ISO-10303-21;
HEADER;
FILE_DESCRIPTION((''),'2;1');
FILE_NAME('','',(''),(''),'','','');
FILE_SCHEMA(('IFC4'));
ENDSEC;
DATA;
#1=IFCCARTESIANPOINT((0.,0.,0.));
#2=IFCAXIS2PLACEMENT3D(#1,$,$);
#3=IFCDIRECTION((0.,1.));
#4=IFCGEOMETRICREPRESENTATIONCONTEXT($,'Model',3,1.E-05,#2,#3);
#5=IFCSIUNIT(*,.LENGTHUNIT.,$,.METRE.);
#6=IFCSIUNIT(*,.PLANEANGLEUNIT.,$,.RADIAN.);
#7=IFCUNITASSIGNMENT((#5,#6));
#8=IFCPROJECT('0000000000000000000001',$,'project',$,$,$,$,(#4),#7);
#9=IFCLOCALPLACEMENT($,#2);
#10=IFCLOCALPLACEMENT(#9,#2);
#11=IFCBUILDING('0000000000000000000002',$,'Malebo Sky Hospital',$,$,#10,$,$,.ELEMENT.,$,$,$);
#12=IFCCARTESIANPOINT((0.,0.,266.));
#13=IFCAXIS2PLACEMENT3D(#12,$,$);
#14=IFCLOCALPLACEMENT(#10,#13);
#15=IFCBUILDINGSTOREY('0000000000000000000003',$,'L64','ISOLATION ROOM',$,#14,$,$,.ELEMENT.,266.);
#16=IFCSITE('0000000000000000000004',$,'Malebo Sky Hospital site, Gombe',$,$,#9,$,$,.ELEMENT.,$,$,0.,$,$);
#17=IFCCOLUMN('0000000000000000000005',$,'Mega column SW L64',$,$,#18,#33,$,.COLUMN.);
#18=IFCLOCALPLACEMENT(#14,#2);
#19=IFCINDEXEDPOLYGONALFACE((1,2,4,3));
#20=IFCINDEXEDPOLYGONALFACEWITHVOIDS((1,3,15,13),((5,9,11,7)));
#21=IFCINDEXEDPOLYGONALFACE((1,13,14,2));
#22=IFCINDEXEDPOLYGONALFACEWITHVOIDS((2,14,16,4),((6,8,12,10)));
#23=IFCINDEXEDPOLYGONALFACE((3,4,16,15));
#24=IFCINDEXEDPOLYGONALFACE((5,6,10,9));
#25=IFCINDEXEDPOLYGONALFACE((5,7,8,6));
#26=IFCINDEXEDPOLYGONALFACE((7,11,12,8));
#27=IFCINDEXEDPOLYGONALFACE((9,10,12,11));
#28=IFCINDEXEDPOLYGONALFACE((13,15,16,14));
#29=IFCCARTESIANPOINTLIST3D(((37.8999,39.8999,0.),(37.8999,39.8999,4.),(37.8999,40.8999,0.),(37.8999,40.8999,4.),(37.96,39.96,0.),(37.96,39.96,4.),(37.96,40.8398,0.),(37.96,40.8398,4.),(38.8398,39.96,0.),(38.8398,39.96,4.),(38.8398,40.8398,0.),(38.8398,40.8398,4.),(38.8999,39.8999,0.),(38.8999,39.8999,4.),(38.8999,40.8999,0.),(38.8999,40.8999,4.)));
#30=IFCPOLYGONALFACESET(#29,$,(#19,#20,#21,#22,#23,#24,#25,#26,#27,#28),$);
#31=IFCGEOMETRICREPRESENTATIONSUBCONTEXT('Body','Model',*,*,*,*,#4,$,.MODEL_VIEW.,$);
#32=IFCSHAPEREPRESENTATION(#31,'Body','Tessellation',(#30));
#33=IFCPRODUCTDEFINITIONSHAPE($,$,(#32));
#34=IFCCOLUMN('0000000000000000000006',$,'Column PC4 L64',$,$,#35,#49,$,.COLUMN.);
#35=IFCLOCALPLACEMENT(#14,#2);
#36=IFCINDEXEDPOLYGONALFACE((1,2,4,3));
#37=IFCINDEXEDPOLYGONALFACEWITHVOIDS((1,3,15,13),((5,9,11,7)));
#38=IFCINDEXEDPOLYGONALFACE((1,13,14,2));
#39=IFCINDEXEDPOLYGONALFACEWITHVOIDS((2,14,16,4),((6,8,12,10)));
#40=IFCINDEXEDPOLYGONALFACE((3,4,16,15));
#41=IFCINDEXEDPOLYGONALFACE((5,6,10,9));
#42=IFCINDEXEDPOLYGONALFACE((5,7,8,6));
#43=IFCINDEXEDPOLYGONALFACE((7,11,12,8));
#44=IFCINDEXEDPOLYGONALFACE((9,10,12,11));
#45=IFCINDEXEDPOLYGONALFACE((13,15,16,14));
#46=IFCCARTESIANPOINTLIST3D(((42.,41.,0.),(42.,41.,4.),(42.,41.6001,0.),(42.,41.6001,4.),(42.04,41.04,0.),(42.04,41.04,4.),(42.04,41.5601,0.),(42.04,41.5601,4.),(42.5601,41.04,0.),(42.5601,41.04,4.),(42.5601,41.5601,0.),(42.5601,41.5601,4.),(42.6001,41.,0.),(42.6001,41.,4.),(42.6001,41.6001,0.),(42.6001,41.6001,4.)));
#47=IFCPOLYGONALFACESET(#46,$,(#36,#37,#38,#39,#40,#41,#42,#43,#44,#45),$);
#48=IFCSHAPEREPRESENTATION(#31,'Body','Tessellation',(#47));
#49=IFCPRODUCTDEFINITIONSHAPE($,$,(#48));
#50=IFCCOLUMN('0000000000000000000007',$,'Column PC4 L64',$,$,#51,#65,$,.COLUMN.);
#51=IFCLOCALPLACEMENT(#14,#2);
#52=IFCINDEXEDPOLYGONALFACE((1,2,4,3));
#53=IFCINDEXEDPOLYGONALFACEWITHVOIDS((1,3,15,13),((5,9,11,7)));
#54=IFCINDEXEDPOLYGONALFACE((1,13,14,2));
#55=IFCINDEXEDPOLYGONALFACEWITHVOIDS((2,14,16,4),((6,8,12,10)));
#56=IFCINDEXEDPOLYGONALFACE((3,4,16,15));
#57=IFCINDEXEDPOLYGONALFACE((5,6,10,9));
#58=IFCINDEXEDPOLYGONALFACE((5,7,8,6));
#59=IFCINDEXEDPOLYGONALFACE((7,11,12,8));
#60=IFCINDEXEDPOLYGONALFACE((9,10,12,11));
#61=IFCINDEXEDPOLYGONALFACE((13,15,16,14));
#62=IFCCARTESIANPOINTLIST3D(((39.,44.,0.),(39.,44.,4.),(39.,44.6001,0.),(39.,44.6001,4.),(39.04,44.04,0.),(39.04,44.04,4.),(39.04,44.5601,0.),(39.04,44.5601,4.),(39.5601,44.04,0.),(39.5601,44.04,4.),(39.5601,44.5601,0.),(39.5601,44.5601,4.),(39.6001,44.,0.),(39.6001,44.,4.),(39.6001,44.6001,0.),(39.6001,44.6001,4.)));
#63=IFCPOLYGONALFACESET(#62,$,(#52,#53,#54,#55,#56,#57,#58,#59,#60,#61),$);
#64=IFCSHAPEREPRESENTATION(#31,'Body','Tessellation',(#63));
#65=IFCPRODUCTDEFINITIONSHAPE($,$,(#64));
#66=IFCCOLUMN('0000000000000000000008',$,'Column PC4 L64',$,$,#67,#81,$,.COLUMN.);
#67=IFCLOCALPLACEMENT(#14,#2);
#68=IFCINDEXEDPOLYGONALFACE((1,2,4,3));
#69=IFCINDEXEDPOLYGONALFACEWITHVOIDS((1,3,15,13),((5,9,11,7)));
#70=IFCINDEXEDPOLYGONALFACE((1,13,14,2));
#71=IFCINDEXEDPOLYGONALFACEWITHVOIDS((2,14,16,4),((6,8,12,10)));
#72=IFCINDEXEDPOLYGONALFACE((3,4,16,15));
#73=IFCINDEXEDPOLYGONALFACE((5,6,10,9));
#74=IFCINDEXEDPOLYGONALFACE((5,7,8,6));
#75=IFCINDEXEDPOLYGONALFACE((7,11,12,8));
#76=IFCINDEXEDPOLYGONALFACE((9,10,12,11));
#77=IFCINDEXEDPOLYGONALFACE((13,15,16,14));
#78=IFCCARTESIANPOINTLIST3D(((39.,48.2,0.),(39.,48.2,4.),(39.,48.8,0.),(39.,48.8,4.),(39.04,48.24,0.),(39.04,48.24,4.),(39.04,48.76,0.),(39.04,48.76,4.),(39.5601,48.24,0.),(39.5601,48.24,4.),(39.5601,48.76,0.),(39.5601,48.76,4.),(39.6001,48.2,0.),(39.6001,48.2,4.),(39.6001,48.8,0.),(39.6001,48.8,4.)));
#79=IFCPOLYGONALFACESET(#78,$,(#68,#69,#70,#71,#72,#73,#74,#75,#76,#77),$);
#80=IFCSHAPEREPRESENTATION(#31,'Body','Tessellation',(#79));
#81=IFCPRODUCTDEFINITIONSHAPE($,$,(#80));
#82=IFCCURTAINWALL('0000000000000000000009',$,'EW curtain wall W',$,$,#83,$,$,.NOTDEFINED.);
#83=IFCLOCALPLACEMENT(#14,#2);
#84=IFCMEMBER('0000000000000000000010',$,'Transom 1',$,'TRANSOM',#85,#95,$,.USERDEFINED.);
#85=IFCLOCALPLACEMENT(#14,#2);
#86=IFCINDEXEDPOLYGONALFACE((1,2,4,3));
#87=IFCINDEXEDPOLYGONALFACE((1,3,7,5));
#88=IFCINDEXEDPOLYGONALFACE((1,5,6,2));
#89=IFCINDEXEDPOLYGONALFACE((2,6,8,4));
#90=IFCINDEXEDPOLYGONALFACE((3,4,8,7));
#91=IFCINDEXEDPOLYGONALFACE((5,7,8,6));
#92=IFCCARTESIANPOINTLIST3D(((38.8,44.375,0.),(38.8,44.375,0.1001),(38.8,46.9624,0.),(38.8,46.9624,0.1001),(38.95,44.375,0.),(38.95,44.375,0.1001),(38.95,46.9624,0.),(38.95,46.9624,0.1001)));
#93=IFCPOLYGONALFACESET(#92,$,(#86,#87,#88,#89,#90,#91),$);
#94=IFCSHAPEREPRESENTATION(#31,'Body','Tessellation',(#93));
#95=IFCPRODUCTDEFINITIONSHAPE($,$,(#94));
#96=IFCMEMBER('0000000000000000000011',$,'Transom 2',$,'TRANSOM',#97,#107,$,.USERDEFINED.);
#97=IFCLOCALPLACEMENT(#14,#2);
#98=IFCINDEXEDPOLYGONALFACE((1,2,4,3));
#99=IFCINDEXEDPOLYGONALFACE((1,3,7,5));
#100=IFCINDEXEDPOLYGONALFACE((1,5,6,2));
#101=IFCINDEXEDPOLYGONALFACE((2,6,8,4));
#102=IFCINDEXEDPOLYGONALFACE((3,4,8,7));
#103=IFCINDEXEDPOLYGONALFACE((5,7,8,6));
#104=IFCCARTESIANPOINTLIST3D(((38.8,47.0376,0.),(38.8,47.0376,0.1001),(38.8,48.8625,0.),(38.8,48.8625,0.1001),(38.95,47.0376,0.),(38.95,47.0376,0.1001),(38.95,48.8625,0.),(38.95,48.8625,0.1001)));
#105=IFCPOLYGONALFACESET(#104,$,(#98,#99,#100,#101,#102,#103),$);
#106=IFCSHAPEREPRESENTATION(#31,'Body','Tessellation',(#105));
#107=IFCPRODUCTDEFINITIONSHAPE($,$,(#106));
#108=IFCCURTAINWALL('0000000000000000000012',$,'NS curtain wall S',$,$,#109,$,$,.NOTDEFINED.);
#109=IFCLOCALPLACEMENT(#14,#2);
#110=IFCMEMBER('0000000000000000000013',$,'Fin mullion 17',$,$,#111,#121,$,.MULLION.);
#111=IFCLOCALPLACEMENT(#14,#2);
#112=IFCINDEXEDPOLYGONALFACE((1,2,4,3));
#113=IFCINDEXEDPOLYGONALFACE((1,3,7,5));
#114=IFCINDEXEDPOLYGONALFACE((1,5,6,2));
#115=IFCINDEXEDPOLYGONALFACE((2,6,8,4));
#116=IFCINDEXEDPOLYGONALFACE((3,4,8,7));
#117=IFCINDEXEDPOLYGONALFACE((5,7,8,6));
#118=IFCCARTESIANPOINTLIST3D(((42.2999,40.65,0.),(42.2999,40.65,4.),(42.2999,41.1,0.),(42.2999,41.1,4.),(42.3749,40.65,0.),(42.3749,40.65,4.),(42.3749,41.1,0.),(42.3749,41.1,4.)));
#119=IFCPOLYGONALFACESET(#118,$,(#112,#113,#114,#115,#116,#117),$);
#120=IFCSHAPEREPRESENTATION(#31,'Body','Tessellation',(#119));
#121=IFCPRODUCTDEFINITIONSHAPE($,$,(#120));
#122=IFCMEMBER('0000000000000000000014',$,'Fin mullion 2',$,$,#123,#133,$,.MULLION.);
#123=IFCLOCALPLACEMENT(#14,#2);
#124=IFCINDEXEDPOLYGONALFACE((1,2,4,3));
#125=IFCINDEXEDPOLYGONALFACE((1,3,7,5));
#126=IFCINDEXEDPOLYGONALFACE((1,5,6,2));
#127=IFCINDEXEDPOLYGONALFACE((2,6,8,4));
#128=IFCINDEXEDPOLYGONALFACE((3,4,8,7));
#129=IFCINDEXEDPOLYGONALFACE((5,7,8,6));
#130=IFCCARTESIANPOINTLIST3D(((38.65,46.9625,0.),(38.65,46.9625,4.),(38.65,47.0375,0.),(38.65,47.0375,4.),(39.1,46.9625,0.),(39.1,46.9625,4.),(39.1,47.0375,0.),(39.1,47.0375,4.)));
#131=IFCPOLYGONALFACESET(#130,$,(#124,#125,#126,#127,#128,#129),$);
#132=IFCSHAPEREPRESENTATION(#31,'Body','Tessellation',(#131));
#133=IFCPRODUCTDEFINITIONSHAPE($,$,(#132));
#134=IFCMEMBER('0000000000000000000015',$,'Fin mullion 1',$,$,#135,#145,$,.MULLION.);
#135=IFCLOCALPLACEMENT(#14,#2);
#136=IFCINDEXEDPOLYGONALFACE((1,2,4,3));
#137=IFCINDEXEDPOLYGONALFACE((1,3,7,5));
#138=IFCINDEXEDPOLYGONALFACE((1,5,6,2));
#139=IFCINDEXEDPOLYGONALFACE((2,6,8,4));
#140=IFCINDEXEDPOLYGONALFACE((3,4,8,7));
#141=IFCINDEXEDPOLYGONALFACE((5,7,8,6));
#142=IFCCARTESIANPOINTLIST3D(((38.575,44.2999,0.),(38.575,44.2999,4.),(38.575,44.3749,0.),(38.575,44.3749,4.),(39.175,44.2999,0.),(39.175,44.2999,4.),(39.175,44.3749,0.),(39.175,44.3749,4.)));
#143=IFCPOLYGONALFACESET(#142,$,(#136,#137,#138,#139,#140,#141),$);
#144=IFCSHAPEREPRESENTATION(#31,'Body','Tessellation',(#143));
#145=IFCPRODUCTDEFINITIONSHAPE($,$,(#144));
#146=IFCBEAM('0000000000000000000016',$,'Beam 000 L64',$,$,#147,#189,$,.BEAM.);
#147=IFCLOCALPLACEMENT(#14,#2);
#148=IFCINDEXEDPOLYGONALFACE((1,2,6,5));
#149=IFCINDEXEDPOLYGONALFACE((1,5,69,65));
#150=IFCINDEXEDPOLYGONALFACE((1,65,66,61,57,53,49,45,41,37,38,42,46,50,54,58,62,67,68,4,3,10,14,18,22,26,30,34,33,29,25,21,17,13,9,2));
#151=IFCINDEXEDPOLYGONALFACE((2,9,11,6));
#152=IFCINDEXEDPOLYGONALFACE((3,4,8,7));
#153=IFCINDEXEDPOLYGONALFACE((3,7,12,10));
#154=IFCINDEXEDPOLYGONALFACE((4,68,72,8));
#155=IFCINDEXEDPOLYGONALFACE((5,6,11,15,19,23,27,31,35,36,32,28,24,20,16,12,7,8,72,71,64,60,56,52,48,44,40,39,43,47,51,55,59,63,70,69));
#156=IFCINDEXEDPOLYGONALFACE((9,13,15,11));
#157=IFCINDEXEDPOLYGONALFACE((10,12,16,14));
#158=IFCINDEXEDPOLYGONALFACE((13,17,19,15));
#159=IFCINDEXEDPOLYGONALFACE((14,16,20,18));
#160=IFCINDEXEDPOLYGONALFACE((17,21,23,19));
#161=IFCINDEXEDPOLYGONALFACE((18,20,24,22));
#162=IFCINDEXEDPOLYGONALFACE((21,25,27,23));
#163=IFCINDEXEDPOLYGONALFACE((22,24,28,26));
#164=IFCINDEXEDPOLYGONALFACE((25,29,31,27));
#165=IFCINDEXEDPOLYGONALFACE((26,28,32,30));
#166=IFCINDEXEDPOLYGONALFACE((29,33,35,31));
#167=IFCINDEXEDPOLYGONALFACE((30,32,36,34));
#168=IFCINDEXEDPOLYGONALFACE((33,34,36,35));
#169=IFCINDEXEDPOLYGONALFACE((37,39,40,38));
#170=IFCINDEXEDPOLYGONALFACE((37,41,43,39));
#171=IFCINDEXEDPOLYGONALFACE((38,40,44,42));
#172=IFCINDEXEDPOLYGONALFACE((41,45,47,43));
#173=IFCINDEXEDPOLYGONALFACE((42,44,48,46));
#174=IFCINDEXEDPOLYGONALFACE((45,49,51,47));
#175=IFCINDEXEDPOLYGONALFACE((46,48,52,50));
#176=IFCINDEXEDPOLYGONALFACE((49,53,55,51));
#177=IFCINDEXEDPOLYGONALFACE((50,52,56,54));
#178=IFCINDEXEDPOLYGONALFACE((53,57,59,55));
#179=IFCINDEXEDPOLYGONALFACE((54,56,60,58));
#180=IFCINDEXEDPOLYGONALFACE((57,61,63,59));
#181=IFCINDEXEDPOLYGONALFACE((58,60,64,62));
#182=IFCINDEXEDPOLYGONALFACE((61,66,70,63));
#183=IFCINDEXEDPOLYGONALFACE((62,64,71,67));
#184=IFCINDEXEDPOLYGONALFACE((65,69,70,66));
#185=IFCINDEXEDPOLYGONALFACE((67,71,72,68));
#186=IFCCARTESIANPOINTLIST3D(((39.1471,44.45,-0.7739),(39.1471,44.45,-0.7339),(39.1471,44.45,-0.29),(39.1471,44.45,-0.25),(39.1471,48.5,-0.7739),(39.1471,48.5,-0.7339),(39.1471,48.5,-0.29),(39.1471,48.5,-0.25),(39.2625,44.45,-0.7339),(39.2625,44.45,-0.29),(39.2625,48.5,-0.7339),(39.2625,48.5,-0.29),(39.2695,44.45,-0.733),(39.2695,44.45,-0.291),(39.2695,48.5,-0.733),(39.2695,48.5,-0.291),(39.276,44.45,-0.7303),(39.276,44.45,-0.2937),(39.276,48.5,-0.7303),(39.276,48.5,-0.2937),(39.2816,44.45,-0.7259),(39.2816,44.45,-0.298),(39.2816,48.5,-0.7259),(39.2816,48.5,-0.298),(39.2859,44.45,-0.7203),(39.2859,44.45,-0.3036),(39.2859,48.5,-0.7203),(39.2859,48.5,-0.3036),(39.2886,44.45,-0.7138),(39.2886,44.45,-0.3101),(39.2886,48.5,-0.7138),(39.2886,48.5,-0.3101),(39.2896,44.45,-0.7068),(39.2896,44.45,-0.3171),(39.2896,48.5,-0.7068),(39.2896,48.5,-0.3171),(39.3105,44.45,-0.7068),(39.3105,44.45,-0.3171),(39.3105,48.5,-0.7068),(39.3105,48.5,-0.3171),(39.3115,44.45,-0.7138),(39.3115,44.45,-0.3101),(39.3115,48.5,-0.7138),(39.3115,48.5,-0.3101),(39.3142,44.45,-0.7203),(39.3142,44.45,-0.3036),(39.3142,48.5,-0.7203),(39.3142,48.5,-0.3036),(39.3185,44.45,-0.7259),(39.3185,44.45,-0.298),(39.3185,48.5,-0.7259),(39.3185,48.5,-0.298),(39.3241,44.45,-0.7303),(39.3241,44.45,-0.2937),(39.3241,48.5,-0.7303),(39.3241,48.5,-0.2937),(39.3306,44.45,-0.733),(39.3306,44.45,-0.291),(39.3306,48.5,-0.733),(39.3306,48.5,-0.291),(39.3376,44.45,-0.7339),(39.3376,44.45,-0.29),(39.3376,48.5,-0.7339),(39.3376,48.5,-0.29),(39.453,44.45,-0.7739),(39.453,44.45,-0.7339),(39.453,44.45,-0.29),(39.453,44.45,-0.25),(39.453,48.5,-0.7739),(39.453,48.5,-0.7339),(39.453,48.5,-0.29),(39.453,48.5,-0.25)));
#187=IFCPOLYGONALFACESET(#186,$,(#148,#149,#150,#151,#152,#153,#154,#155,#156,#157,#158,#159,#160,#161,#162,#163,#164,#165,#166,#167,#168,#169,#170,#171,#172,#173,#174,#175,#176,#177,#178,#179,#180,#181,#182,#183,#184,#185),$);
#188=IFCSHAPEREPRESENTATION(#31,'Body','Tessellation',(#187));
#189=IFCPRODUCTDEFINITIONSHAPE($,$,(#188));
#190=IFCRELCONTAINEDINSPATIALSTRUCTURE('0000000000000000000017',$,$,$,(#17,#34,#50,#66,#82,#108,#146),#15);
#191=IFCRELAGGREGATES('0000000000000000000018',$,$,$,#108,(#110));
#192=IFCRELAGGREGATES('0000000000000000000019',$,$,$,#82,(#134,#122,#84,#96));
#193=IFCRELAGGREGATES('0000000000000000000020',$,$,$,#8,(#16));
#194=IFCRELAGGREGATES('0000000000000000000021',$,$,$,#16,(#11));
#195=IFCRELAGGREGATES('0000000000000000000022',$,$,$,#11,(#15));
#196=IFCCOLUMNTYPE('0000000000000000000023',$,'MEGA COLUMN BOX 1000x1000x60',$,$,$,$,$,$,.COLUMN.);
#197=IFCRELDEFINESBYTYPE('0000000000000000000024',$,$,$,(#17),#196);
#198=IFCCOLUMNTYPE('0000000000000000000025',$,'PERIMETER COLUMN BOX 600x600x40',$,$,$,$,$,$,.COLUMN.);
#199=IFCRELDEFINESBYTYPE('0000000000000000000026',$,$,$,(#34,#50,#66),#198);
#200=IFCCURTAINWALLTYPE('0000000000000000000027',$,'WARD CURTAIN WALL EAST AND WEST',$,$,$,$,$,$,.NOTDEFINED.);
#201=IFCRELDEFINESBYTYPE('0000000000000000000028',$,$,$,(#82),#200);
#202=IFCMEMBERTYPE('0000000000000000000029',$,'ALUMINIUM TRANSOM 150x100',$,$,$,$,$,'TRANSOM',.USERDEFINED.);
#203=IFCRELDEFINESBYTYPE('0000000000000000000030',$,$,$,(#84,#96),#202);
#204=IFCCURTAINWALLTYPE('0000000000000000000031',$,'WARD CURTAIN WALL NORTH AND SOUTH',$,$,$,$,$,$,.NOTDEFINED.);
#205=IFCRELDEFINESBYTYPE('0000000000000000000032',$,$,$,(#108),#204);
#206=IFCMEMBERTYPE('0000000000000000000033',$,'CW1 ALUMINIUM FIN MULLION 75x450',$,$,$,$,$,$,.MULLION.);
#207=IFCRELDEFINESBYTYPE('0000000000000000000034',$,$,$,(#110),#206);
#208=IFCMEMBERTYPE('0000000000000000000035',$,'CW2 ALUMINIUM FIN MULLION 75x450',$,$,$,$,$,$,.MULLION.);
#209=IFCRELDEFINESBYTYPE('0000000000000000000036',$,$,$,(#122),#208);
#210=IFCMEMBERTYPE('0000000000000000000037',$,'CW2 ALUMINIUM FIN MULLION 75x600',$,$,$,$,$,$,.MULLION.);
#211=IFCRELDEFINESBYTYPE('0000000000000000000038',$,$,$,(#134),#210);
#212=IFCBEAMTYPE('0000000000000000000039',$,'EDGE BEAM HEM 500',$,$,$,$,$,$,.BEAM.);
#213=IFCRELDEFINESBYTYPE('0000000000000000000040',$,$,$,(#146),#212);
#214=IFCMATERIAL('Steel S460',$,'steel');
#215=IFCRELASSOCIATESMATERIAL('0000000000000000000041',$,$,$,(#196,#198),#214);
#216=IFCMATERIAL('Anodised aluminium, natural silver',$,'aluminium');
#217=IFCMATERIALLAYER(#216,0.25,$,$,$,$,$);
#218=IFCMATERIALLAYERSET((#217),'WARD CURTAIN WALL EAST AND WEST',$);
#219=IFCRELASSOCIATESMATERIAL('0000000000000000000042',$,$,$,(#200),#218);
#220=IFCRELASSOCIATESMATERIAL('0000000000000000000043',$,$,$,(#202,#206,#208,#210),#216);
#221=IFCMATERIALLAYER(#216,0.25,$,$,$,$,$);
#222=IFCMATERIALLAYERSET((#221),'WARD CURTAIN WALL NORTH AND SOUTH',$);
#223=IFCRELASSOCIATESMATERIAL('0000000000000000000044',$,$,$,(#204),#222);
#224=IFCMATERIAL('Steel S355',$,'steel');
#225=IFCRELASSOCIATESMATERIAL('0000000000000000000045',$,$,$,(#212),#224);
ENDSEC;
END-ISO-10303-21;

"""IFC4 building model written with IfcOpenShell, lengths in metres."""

from ifc_helpers import new_model, si_unit, direction, frame, origin, origin_2d, place, context, subcontext, project, spatial, rectangle, hollow_rectangle, i_section, extrude, material, layer, layer_set, material_profile, profile_set, type_object, element, aggregate, save


model = new_model("IFC4")

# Units and contexts
model_context = context("Model", 3, precision=1e-05, world=origin(), true_north=direction((0.0, 1.0)))
body_context = subcontext(model_context, "Body", "Model", "MODEL_VIEW")
ifc_project = project(units=[si_unit("LENGTHUNIT", "METRE"), si_unit("PLANEANGLEUNIT", "RADIAN")], contexts=[model_context])

# Site, building, storey
site_placement = place(None, origin())
site = spatial("IfcSite", under=ifc_project, at=site_placement, Name="Malebo Sky Hospital site, Gombe", CompositionType="ELEMENT", RefElevation=0.0)
building_placement = place(site_placement, origin())
building = spatial("IfcBuilding", under=site, at=building_placement, Name="Malebo Sky Hospital", CompositionType="ELEMENT")
storey_placement = place(building_placement, frame((0.0, 0.0, 266.0)))
storey = spatial("IfcBuildingStorey", under=building, at=storey_placement, Name="L64", Description="ISOLATION ROOM", CompositionType="ELEMENT", Elevation=266.0)

# Columns
ifc_material_1 = material(Name="Steel S460", Category="steel")
ifc_material_profile_1 = material_profile(ifc_material_1, hollow_rectangle(XDim=1.0, YDim=1.0, WallThickness=0.0601, at=origin_2d()), Name="BOX 1000x1000x60")
ifc_profile_set_1 = profile_set([ifc_material_profile_1], Name="Steel S460")
column_type_1 = type_object("IfcColumnType", Name="MEGA COLUMN BOX 1000x1000x60", PredefinedType="COLUMN", material=ifc_profile_set_1)
column_placement = place(storey_placement, frame((38.3999, 40.3999, 0.0), z_axis=(0.0, 0.0, 1.0), x_axis=(1.0, 0.0, 0.0)))
element("IfcColumn", 1, at=column_placement, inside=storey, type_object=column_type_1, Name="Mega column SW L64", PredefinedType="COLUMN", context=body_context, shape_type="SweptSolid", body=[
    extrude(hollow_rectangle(XDim=1.0, YDim=1.0, WallThickness=0.0601, at=origin_2d()), origin(), (0.0, 0.0, 1.0), 4.0),
])
ifc_material_profile_2 = material_profile(ifc_material_1, hollow_rectangle(XDim=0.6001, YDim=0.6001, WallThickness=0.04, at=origin_2d()), Name="BOX 600x600x40")
ifc_profile_set_2 = profile_set([ifc_material_profile_2], Name="Steel S460")
column_type_2 = type_object("IfcColumnType", Name="PERIMETER COLUMN BOX 600x600x40", PredefinedType="COLUMN", material=ifc_profile_set_2)
for number, where, z_axis, x_axis, name in (
    (2, (42.3, 41.3, 0.0), (0.0, 0.0, 1.0), (1.0, 0.0, 0.0), "Column PC4 L64"),
    (3, (39.3, 44.3, 0.0), (0.0, 0.0, 1.0), (1.0, 0.0, 0.0), "Column PC4 L64"),
    (4, (39.3, 48.5, 0.0), (0.0, 0.0, 1.0), (1.0, 0.0, 0.0), "Column PC4 L64"),
):
    element("IfcColumn", number, at=place(storey_placement, frame(where, z_axis=z_axis, x_axis=x_axis)), inside=storey, type_object=column_type_2, Name=name, PredefinedType="COLUMN", context=body_context, shape_type="SweptSolid", body=[
        extrude(hollow_rectangle(XDim=0.6001, YDim=0.6001, WallThickness=0.04, at=origin_2d()), origin(), (0.0, 0.0, 1.0), 4.0),
    ])

# Curtain wall, members
ifc_material_2 = material(Name="Anodised aluminium, natural silver", Category="aluminium")
ifc_layer_1 = layer(ifc_material_2, 0.25)
ifc_layer_set_1 = layer_set([ifc_layer_1], Name="WARD CURTAIN WALL EAST AND WEST")
curtain_wall_type_1 = type_object("IfcCurtainWallType", Name="WARD CURTAIN WALL EAST AND WEST", PredefinedType="NOTDEFINED", material=ifc_layer_set_1)
curtain_wall_1_placement = place(storey_placement, origin())
curtain_wall_1 = element("IfcCurtainWall", 5, at=curtain_wall_1_placement, inside=storey, type_object=curtain_wall_type_1, Name="EW curtain wall W", PredefinedType="NOTDEFINED")
ifc_material_profile_3 = material_profile(ifc_material_2, rectangle(XDim=0.1499, YDim=0.1001, at=origin_2d()), Name="ALUMINIUM TRANSOM 150x100")
ifc_profile_set_3 = profile_set([ifc_material_profile_3], Name="Anodised aluminium, natural silver")
member_type_1 = type_object("IfcMemberType", Name="ALUMINIUM TRANSOM 150x100", ElementType="TRANSOM", PredefinedType="USERDEFINED", material=ifc_profile_set_3)
member_1_placement = place(storey_placement, frame((38.875, 44.375, 0.05), z_axis=(0.0, 1.0, 0.0), x_axis=(-1.0, 0.0, 0.0)))
member_1 = element("IfcMember", 6, at=member_1_placement, type_object=member_type_1, Name="Transom 1", ObjectType="TRANSOM", PredefinedType="USERDEFINED", context=body_context, shape_type="SweptSolid", body=[
    extrude(rectangle(XDim=0.1499, YDim=0.1001, at=origin_2d()), origin(), (0.0, 0.0, 1.0), 2.5874),
])
member_2_placement = place(storey_placement, frame((38.875, 47.0376, 0.05), z_axis=(0.0, 1.0, 0.0), x_axis=(-1.0, 0.0, 0.0)))
member_2 = element("IfcMember", 7, at=member_2_placement, type_object=member_type_1, Name="Transom 2", ObjectType="TRANSOM", PredefinedType="USERDEFINED", context=body_context, shape_type="SweptSolid", body=[
    extrude(rectangle(XDim=0.1499, YDim=0.1001, at=origin_2d()), origin(), (0.0, 0.0, 1.0), 1.825),
])

# Curtain wall, member
ifc_layer_2 = layer(ifc_material_2, 0.25)
ifc_layer_set_2 = layer_set([ifc_layer_2], Name="WARD CURTAIN WALL NORTH AND SOUTH")
curtain_wall_type_2 = type_object("IfcCurtainWallType", Name="WARD CURTAIN WALL NORTH AND SOUTH", PredefinedType="NOTDEFINED", material=ifc_layer_set_2)
curtain_wall_2_placement = place(storey_placement, origin())
curtain_wall_2 = element("IfcCurtainWall", 8, at=curtain_wall_2_placement, inside=storey, type_object=curtain_wall_type_2, Name="NS curtain wall S", PredefinedType="NOTDEFINED")
ifc_material_profile_4 = material_profile(ifc_material_2, rectangle(XDim=0.075, YDim=0.45, at=origin_2d()), Name="CW1 ALUMINIUM FIN MULLION 75x450")
ifc_profile_set_4 = profile_set([ifc_material_profile_4], Name="Anodised aluminium, natural silver")
member_type_2 = type_object("IfcMemberType", Name="CW1 ALUMINIUM FIN MULLION 75x450", PredefinedType="MULLION", material=ifc_profile_set_4)
member_3_placement = place(storey_placement, frame((42.3374, 40.875, 0.0), z_axis=(0.0, 0.0, 1.0), x_axis=(-1.0, 0.0, 0.0)))
member_3 = element("IfcMember", 9, at=member_3_placement, type_object=member_type_2, Name="Fin mullion 17", PredefinedType="MULLION", context=body_context, shape_type="SweptSolid", body=[
    extrude(rectangle(XDim=0.075, YDim=0.45, at=origin_2d()), origin(), (0.0, 0.0, 1.0), 4.0),
])
aggregate(curtain_wall_2, [member_3])

# Members
ifc_material_profile_5 = material_profile(ifc_material_2, rectangle(XDim=0.075, YDim=0.45, at=origin_2d()), Name="CW2 ALUMINIUM FIN MULLION 75x450")
ifc_profile_set_5 = profile_set([ifc_material_profile_5], Name="Anodised aluminium, natural silver")
member_type_3 = type_object("IfcMemberType", Name="CW2 ALUMINIUM FIN MULLION 75x450", PredefinedType="MULLION", material=ifc_profile_set_5)
member_4_placement = place(storey_placement, frame((38.875, 47.0, 0.0), z_axis=(0.0, 0.0, 1.0), x_axis=(0.0, 1.0, 0.0)))
member_4 = element("IfcMember", 10, at=member_4_placement, type_object=member_type_3, Name="Fin mullion 2", PredefinedType="MULLION", context=body_context, shape_type="SweptSolid", body=[
    extrude(rectangle(XDim=0.075, YDim=0.45, at=origin_2d()), origin(), (0.0, 0.0, 1.0), 4.0),
])
ifc_material_profile_6 = material_profile(ifc_material_2, rectangle(XDim=0.075, YDim=0.6001, at=origin_2d()), Name="CW2 ALUMINIUM FIN MULLION 75x600")
ifc_profile_set_6 = profile_set([ifc_material_profile_6], Name="Anodised aluminium, natural silver")
member_type_4 = type_object("IfcMemberType", Name="CW2 ALUMINIUM FIN MULLION 75x600", PredefinedType="MULLION", material=ifc_profile_set_6)
member_5_placement = place(storey_placement, frame((38.875, 44.3374, 0.0), z_axis=(0.0, 0.0, 1.0), x_axis=(0.0, 1.0, 0.0)))
member_5 = element("IfcMember", 11, at=member_5_placement, type_object=member_type_4, Name="Fin mullion 1", PredefinedType="MULLION", context=body_context, shape_type="SweptSolid", body=[
    extrude(rectangle(XDim=0.075, YDim=0.6001, at=origin_2d()), origin(), (0.0, 0.0, 1.0), 4.0),
])

# Beam
ifc_material_3 = material(Name="Steel S355", Category="steel")
ifc_material_profile_7 = material_profile(ifc_material_3, i_section(OverallWidth=0.3059, OverallDepth=0.5239, WebThickness=0.021, FlangeThickness=0.04, FilletRadius=0.0271, at=origin_2d()), Name="HEM 500")
ifc_profile_set_7 = profile_set([ifc_material_profile_7], Name="Steel S355")
beam_type_1 = type_object("IfcBeamType", Name="EDGE BEAM HEM 500", PredefinedType="BEAM", material=ifc_profile_set_7)
beam_placement = place(storey_placement, frame((39.3, 44.45, -0.512), z_axis=(0.0, 1.0, 0.0), x_axis=(-1.0, 0.0, 0.0)))
element("IfcBeam", 12, at=beam_placement, inside=storey, type_object=beam_type_1, Name="Beam 000 L64", PredefinedType="BEAM", context=body_context, shape_type="SweptSolid", body=[
    extrude(i_section(OverallWidth=0.3059, OverallDepth=0.5239, WebThickness=0.021, FlangeThickness=0.04, FilletRadius=0.0271, at=origin_2d()), origin(), (0.0, 0.0, 1.0), 4.05),
])

aggregate(curtain_wall_1, [member_5, member_4, member_1, member_2])

save(model, "model.ifc")
